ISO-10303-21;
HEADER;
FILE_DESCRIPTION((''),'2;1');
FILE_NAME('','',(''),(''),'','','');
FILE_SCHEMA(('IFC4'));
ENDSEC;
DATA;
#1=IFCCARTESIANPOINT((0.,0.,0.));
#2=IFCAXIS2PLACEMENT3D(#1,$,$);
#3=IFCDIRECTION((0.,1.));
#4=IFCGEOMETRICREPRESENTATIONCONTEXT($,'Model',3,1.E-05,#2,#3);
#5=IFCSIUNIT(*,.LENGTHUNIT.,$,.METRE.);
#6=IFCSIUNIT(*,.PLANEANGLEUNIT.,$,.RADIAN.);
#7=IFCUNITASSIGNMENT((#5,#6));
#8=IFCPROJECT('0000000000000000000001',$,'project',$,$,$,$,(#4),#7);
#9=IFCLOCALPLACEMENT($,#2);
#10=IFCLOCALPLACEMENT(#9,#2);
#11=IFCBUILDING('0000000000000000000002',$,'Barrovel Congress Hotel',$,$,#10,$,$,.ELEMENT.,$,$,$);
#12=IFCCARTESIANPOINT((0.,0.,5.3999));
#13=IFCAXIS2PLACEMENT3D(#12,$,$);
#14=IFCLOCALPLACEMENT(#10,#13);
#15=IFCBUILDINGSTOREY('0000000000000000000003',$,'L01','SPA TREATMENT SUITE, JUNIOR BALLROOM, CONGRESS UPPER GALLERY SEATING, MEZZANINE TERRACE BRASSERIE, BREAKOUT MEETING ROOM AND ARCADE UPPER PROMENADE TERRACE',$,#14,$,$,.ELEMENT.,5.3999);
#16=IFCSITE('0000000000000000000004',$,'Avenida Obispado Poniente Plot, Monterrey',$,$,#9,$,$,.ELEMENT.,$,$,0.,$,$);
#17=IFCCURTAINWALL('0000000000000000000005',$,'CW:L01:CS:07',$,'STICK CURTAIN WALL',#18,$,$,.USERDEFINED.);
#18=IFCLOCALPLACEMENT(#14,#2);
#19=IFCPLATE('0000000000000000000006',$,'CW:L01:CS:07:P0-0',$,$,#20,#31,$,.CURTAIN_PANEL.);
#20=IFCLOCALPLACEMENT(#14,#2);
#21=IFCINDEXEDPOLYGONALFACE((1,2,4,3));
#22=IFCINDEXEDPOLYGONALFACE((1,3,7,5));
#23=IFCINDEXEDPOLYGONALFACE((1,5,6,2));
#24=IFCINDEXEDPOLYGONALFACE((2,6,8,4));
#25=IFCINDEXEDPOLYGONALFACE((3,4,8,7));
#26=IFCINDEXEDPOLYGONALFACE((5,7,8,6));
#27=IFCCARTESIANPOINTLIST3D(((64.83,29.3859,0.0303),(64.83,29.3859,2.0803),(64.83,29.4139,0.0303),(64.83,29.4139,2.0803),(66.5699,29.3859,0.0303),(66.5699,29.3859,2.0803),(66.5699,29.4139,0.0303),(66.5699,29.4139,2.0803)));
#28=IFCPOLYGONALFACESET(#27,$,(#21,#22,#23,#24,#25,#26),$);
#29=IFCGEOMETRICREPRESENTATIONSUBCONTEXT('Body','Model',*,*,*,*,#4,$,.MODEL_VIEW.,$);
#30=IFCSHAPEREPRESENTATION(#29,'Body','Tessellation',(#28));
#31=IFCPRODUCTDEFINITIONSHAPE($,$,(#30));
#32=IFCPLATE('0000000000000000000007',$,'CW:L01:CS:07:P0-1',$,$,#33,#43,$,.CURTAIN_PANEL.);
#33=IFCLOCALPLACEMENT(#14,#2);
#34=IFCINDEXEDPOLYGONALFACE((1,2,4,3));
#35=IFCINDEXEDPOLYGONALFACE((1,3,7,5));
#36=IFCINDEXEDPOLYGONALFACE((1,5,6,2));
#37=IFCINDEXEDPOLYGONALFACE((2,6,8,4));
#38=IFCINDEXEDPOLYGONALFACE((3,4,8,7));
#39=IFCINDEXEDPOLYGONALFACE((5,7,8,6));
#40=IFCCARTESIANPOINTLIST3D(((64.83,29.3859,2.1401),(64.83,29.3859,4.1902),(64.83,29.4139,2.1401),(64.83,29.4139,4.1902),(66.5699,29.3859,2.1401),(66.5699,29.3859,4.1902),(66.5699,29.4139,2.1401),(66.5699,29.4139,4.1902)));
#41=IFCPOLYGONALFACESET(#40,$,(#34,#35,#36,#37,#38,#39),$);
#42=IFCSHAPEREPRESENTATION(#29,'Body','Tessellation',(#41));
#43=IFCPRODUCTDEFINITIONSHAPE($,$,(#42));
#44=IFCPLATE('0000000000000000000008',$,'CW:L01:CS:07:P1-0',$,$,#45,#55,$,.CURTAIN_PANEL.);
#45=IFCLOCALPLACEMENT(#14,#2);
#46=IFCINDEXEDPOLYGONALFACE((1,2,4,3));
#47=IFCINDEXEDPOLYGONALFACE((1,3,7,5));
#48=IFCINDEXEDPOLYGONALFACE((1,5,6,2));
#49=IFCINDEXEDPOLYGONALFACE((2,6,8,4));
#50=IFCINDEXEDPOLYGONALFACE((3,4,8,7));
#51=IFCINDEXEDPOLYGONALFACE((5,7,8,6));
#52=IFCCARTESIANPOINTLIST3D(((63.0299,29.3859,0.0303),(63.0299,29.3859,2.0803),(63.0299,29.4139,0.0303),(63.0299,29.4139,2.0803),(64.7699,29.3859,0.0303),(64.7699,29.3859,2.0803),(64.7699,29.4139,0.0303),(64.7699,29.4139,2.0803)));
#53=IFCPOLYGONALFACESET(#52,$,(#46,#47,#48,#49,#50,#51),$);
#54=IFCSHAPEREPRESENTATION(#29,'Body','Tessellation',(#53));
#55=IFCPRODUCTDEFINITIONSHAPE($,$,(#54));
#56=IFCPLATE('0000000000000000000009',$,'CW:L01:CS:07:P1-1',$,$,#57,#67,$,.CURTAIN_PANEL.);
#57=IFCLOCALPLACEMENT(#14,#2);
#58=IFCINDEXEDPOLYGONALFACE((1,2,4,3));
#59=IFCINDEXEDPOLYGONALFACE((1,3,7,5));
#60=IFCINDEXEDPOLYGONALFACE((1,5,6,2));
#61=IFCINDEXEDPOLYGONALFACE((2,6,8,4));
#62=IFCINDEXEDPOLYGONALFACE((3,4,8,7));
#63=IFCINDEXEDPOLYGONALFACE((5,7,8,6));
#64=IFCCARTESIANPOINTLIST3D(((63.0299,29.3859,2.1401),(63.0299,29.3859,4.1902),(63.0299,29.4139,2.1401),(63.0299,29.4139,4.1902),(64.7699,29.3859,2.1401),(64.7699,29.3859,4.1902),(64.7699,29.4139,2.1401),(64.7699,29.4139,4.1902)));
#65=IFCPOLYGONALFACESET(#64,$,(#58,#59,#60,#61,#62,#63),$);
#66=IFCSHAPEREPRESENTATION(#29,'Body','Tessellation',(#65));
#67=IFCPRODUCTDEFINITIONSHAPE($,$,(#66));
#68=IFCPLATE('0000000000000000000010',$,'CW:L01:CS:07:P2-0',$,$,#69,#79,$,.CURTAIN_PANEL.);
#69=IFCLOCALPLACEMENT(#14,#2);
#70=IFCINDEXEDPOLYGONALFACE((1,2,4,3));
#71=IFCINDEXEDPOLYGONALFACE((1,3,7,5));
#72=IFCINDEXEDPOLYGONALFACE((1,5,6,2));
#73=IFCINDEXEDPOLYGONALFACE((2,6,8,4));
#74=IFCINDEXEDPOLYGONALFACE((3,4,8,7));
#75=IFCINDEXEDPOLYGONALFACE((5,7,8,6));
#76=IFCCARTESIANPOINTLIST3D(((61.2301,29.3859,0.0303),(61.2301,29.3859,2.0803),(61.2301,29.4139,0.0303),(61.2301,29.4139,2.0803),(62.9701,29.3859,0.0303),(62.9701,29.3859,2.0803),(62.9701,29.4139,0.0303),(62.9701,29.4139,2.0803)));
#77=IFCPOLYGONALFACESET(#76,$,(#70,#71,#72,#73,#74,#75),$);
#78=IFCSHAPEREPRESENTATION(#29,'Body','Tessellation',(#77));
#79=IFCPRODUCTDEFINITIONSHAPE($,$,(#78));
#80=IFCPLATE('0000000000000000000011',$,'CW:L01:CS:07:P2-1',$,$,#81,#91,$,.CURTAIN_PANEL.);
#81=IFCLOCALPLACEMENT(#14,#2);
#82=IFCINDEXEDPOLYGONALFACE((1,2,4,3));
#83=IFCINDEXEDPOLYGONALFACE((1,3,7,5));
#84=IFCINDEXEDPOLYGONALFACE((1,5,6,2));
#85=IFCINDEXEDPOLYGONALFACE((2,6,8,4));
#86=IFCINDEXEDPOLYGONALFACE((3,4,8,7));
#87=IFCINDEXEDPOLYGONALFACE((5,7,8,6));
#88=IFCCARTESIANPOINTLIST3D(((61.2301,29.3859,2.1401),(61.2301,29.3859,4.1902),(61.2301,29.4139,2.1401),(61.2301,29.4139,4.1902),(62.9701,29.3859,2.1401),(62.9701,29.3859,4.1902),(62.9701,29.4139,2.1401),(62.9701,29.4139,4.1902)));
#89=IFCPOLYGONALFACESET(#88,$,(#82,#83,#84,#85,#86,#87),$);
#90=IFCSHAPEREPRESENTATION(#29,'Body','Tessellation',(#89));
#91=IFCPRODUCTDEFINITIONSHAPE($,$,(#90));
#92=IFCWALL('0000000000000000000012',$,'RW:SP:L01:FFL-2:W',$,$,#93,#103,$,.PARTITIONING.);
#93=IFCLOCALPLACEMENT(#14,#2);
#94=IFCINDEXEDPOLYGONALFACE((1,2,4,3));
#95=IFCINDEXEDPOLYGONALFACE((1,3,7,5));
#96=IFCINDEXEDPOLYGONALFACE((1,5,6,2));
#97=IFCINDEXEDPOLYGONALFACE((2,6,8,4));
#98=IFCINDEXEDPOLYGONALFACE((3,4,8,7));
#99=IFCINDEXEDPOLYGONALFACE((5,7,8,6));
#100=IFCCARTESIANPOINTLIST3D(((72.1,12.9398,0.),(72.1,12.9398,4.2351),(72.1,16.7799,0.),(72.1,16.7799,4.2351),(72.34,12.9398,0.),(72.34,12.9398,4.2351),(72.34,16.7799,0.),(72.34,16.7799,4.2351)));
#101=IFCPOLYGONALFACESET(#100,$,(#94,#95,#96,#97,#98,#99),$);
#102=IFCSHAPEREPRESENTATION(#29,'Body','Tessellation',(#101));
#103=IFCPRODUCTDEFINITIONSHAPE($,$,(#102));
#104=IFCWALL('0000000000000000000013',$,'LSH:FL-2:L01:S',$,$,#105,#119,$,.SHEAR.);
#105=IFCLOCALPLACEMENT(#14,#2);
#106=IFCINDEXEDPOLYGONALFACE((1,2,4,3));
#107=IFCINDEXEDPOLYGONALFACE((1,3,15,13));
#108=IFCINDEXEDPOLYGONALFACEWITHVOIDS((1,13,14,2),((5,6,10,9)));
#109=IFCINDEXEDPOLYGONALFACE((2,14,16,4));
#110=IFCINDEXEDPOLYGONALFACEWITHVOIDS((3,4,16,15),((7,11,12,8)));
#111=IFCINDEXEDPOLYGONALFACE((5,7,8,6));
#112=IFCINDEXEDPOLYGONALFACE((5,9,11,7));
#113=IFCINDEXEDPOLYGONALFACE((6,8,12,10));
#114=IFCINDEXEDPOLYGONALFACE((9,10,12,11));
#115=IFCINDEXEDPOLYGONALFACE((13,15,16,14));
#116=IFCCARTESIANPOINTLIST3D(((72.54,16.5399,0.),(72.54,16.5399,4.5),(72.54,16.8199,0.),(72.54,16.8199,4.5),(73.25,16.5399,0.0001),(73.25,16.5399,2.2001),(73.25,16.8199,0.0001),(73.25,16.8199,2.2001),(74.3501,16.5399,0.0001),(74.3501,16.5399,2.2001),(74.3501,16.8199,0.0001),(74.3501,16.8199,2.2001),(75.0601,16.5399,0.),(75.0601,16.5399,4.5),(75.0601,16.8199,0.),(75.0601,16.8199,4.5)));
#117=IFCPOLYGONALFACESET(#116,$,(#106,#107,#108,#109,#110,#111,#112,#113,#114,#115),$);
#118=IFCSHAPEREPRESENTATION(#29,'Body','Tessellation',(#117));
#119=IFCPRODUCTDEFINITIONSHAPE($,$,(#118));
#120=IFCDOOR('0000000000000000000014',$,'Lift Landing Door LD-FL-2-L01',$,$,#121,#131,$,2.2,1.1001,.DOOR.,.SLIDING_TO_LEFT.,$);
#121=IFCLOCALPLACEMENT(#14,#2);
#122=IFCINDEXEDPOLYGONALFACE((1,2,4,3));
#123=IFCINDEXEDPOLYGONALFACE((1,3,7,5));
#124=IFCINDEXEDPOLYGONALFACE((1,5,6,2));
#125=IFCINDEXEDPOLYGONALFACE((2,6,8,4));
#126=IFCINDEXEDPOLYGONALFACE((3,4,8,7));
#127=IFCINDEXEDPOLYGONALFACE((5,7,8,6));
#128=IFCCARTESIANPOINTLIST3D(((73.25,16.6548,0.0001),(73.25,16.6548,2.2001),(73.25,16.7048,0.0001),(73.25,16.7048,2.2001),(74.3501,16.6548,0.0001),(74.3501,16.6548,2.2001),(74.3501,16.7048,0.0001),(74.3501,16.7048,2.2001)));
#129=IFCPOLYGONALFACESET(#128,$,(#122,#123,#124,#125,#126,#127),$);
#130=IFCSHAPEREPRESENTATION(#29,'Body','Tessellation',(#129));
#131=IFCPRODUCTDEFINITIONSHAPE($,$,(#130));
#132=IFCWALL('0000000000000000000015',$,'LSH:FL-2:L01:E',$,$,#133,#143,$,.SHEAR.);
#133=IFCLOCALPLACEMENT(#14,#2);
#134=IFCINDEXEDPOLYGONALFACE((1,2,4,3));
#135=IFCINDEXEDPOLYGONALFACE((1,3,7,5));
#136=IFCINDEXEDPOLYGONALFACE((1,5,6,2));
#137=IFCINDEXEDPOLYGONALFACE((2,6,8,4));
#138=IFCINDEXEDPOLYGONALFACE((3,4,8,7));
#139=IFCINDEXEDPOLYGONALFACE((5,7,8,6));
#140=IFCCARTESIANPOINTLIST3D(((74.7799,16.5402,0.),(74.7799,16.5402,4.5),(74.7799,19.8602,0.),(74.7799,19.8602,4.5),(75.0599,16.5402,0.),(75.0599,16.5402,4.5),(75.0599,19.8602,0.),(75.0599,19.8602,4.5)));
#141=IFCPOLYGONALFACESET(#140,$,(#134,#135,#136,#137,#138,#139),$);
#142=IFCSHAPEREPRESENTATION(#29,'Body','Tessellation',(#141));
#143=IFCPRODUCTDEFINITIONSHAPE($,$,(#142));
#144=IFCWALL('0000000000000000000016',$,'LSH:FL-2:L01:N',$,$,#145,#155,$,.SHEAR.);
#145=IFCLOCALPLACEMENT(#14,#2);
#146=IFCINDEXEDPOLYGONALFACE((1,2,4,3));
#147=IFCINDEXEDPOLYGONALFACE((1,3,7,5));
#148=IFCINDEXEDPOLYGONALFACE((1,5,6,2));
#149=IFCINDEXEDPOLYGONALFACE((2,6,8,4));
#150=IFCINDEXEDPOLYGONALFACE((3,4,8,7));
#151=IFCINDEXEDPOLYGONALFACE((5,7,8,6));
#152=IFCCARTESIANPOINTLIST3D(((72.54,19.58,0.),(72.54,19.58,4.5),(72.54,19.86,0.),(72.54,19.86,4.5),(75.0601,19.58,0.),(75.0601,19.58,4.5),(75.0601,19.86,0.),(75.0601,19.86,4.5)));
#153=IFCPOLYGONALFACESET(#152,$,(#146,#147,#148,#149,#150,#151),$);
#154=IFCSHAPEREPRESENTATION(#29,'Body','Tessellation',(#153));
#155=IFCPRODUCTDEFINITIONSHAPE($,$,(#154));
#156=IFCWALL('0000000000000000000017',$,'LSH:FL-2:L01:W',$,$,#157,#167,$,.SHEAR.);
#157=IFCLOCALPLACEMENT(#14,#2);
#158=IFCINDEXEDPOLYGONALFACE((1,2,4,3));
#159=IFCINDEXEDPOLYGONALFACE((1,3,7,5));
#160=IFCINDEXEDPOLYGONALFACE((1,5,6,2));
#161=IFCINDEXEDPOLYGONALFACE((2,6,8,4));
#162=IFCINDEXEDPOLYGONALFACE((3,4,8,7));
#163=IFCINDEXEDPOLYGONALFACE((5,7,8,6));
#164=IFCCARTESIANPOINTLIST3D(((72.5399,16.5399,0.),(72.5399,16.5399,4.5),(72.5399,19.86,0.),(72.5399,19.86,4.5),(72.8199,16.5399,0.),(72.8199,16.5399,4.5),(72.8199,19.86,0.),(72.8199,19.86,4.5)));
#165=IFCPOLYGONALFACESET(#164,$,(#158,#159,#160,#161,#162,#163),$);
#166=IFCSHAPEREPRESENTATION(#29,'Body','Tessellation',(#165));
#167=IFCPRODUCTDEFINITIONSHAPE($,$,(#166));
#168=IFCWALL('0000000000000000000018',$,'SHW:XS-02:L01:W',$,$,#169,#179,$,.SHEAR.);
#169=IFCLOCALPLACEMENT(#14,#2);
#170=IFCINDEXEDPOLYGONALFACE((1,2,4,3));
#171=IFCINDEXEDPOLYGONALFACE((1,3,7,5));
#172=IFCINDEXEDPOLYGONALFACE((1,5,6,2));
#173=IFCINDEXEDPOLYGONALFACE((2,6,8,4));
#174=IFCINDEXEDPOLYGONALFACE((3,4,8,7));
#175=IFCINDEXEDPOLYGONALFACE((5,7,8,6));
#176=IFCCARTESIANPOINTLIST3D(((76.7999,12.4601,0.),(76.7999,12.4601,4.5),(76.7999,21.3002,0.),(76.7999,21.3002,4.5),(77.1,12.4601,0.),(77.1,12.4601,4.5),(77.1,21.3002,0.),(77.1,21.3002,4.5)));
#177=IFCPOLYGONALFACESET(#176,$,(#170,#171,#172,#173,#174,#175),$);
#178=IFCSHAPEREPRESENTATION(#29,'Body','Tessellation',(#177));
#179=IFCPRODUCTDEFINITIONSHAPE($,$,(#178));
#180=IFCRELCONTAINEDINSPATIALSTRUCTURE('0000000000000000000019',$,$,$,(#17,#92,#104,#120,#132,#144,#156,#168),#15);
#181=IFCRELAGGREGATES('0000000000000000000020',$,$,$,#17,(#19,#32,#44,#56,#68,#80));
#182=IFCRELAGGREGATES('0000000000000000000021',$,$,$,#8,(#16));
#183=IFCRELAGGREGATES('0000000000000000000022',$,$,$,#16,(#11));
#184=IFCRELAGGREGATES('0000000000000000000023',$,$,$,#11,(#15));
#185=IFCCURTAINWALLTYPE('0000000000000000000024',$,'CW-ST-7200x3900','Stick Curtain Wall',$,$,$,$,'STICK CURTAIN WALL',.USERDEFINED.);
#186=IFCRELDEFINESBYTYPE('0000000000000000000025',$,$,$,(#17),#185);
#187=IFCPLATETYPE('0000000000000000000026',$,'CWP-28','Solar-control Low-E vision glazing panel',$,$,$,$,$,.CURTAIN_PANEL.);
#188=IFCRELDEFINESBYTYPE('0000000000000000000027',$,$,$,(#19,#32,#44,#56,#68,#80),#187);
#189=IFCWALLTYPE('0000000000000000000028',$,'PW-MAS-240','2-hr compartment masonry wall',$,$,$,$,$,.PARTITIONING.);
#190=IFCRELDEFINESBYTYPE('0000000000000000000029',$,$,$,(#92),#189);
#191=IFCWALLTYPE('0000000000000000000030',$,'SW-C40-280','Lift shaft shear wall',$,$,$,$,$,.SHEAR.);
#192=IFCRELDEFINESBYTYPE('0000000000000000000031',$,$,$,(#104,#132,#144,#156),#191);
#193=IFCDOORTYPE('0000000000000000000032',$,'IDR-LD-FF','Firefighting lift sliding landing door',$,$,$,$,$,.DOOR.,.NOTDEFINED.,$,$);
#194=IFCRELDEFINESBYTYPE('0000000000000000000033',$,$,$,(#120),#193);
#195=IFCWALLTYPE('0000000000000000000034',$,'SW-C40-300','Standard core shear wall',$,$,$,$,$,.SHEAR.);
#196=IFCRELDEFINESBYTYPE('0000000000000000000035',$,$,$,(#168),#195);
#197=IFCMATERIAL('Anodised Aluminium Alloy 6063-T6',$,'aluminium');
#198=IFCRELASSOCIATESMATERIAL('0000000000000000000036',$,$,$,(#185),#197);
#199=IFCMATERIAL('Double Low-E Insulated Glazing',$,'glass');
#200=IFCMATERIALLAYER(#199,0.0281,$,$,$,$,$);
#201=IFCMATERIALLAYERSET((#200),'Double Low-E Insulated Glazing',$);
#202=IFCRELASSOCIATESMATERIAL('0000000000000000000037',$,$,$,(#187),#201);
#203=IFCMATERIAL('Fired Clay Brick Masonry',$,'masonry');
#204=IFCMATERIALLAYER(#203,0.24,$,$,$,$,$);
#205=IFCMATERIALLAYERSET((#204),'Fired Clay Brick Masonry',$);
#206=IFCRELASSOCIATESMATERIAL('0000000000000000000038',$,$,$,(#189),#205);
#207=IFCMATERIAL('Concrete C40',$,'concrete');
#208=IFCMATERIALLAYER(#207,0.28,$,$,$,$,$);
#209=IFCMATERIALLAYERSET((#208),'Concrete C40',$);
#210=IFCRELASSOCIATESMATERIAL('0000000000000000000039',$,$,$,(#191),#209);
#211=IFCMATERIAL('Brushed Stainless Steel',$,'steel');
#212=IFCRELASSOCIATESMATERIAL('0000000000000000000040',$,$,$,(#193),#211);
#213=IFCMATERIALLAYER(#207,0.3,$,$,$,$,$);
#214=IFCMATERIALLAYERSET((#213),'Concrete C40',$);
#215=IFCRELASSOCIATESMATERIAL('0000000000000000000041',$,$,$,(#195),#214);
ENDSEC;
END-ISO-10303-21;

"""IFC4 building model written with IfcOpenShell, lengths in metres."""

from ifc_helpers import new_model, si_unit, direction, frame, frame_2d, origin, origin_2d, place, context, subcontext, project, spatial, rectangle, extrude, material, layer, layer_set, type_object, element, fill, aggregate, save


model = new_model("IFC4")

# Units and contexts
model_context = context("Model", 3, precision=1e-05, world=origin(), true_north=direction((0.0, 1.0)))
body_context = subcontext(model_context, "Body", "Model", "MODEL_VIEW")
ifc_project = project(units=[si_unit("LENGTHUNIT", "METRE"), si_unit("PLANEANGLEUNIT", "RADIAN")], contexts=[model_context])

# Site, building, storey
site_placement = place(None, origin())
site = spatial("IfcSite", under=ifc_project, at=site_placement, Name="Avenida Obispado Poniente Plot, Monterrey", CompositionType="ELEMENT", RefElevation=0.0)
building_placement = place(site_placement, origin())
building = spatial("IfcBuilding", under=site, at=building_placement, Name="Barrovel Congress Hotel", CompositionType="ELEMENT")
storey_placement = place(building_placement, frame((0.0, 0.0, 5.3999)))
storey = spatial("IfcBuildingStorey", under=building, at=storey_placement, Name="L01", Description="SPA TREATMENT SUITE, JUNIOR BALLROOM, CONGRESS UPPER GALLERY SEATING, MEZZANINE TERRACE BRASSERIE, BREAKOUT MEETING ROOM AND ARCADE UPPER PROMENADE TERRACE", CompositionType="ELEMENT", Elevation=5.3999)

# Shared definitions
ifc_material_1 = material(Name="Concrete C40", Category="concrete")

# Curtain wall
ifc_material_2 = material(Name="Anodised Aluminium Alloy 6063-T6", Category="aluminium")
curtain_wall_type = type_object("IfcCurtainWallType", Name="CW-ST-7200x3900", Description="Stick Curtain Wall", ElementType="STICK CURTAIN WALL", PredefinedType="USERDEFINED", material=ifc_material_2)
curtain_wall_placement = place(storey_placement, origin())
curtain_wall = element("IfcCurtainWall", 1, at=curtain_wall_placement, inside=storey, type_object=curtain_wall_type, Name="CW:L01:CS:07", ObjectType="STICK CURTAIN WALL", PredefinedType="USERDEFINED")

# Plates
ifc_material_3 = material(Name="Double Low-E Insulated Glazing", Category="glass")
ifc_layer_1 = layer(ifc_material_3, 0.0281)
ifc_layer_set_1 = layer_set([ifc_layer_1], Name="Double Low-E Insulated Glazing")
plate_type = type_object("IfcPlateType", Name="CWP-28", Description="Solar-control Low-E vision glazing panel", PredefinedType="CURTAIN_PANEL", material=ifc_layer_set_1)
plate_1_placement = place(storey_placement, frame((65.7, 29.3999, 0.0303), z_axis=(0.0, 0.0, 1.0), x_axis=(-1.0, 0.0, 0.0)))
plate_1 = element("IfcPlate", 2, at=plate_1_placement, type_object=plate_type, Name="CW:L01:CS:07:P0-0", PredefinedType="CURTAIN_PANEL", context=body_context, shape_type="SweptSolid", body=[
    extrude(rectangle(XDim=1.74, YDim=0.0281, at=origin_2d()), origin(), (0.0, 0.0, 1.0), 2.05),
])
plate_2_placement = place(storey_placement, frame((65.7, 29.3999, 2.1401), z_axis=(0.0, 0.0, 1.0), x_axis=(-1.0, 0.0, 0.0)))
plate_2 = element("IfcPlate", 3, at=plate_2_placement, type_object=plate_type, Name="CW:L01:CS:07:P0-1", PredefinedType="CURTAIN_PANEL", context=body_context, shape_type="SweptSolid", body=[
    extrude(rectangle(XDim=1.74, YDim=0.0281, at=origin_2d()), origin(), (0.0, 0.0, 1.0), 2.05),
])
plate_3_placement = place(storey_placement, frame((63.8999, 29.3999, 0.0303), z_axis=(0.0, 0.0, 1.0), x_axis=(-1.0, 0.0, 0.0)))
plate_3 = element("IfcPlate", 4, at=plate_3_placement, type_object=plate_type, Name="CW:L01:CS:07:P1-0", PredefinedType="CURTAIN_PANEL", context=body_context, shape_type="SweptSolid", body=[
    extrude(rectangle(XDim=1.74, YDim=0.0281, at=origin_2d()), origin(), (0.0, 0.0, 1.0), 2.05),
])
plate_4_placement = place(storey_placement, frame((63.8999, 29.3999, 2.1401), z_axis=(0.0, 0.0, 1.0), x_axis=(-1.0, 0.0, 0.0)))
plate_4 = element("IfcPlate", 5, at=plate_4_placement, type_object=plate_type, Name="CW:L01:CS:07:P1-1", PredefinedType="CURTAIN_PANEL", context=body_context, shape_type="SweptSolid", body=[
    extrude(rectangle(XDim=1.74, YDim=0.0281, at=origin_2d()), origin(), (0.0, 0.0, 1.0), 2.05),
])
plate_5_placement = place(storey_placement, frame((62.1001, 29.3999, 0.0303), z_axis=(0.0, 0.0, 1.0), x_axis=(-1.0, 0.0, 0.0)))
plate_5 = element("IfcPlate", 6, at=plate_5_placement, type_object=plate_type, Name="CW:L01:CS:07:P2-0", PredefinedType="CURTAIN_PANEL", context=body_context, shape_type="SweptSolid", body=[
    extrude(rectangle(XDim=1.74, YDim=0.0281, at=origin_2d()), origin(), (0.0, 0.0, 1.0), 2.05),
])
plate_6_placement = place(storey_placement, frame((62.1001, 29.3999, 2.1401), z_axis=(0.0, 0.0, 1.0), x_axis=(-1.0, 0.0, 0.0)))
plate_6 = element("IfcPlate", 7, at=plate_6_placement, type_object=plate_type, Name="CW:L01:CS:07:P2-1", PredefinedType="CURTAIN_PANEL", context=body_context, shape_type="SweptSolid", body=[
    extrude(rectangle(XDim=1.74, YDim=0.0281, at=origin_2d()), origin(), (0.0, 0.0, 1.0), 2.05),
])
aggregate(curtain_wall, [plate_1, plate_2, plate_3, plate_4, plate_5, plate_6])

# Wall
ifc_material_4 = material(Name="Fired Clay Brick Masonry", Category="masonry")
ifc_layer_2 = layer(ifc_material_4, 0.24)
ifc_layer_set_2 = layer_set([ifc_layer_2], Name="Fired Clay Brick Masonry")
wall_type_1 = type_object("IfcWallType", Name="PW-MAS-240", Description="2-hr compartment masonry wall", PredefinedType="PARTITIONING", material=ifc_layer_set_2)
wall_1_placement = place(storey_placement, frame((72.22, 12.9399, 0.0), z_axis=(0.0, 0.0, 1.0), x_axis=(0.0, 1.0, 0.0)))
element("IfcWall", 8, at=wall_1_placement, inside=storey, type_object=wall_type_1, Name="RW:SP:L01:FFL-2:W", PredefinedType="PARTITIONING", context=body_context, shape_type="SweptSolid", body=[
    extrude(rectangle(XDim=3.8401, YDim=0.24, at=frame_2d((1.9199, 0.0))), origin(), (0.0, 0.0, 1.0), 4.2351),
])

# Wall, opening, door
ifc_layer_3 = layer(ifc_material_1, 0.28)
ifc_layer_set_3 = layer_set([ifc_layer_3], Name="Concrete C40")
wall_type_2 = type_object("IfcWallType", Name="SW-C40-280", Description="Lift shaft shear wall", PredefinedType="SHEAR", material=ifc_layer_set_3)
wall_2_placement = place(storey_placement, frame((72.54, 16.6799, 0.0), z_axis=(0.0, 0.0, 1.0), x_axis=(1.0, 0.0, 0.0)))
wall_2 = element("IfcWall", 9, at=wall_2_placement, inside=storey, type_object=wall_type_2, Name="LSH:FL-2:L01:S", PredefinedType="SHEAR", context=body_context, shape_type="SweptSolid", body=[
    extrude(rectangle(XDim=2.52, YDim=0.28, at=frame_2d((1.26, 0.0))), origin(), (0.0, 0.0, 1.0), 4.5),
])
opening_placement = place(wall_2_placement, frame((0.71, 0.0, 0.0)))
opening = element("IfcOpeningElement", 10, at=opening_placement, cuts=wall_2, PredefinedType="OPENING", context=body_context, shape_type="SweptSolid", body=[
    extrude(rectangle(XDim=1.1001, YDim=2.2, at=frame_2d((0.55, 1.1001))), frame((0.0, 0.1499, 0.0), z_axis=(0.0, -1.0, 0.0), x_axis=(1.0, 0.0, 0.0)), (0.0, 0.0, 1.0), 0.3),
])
ifc_material_5 = material(Name="Brushed Stainless Steel", Category="steel")
door_type = type_object("IfcDoorType", Name="IDR-LD-FF", Description="Firefighting lift sliding landing door", OperationType="NOTDEFINED", PredefinedType="DOOR", material=ifc_material_5)
door_placement = place(opening_placement, origin())
door = element("IfcDoor", 11, at=door_placement, inside=storey, type_object=door_type, Name="Lift Landing Door LD-FL-2-L01", OperationType="SLIDING_TO_LEFT", OverallHeight=2.2, OverallWidth=1.1001, PredefinedType="DOOR", context=body_context, shape_type="SweptSolid", body=[
    extrude(rectangle(XDim=1.1001, YDim=2.2, at=frame_2d((0.55, 1.1001))), frame((0.0, 0.0249, 0.0), z_axis=(0.0, -1.0, 0.0), x_axis=(1.0, 0.0, 0.0)), (0.0, 0.0, 1.0), 0.05),
])
fill(opening, door)

# Walls
wall_3_placement = place(storey_placement, frame((74.9199, 16.54, 0.0), z_axis=(0.0, 0.0, 1.0), x_axis=(0.0, 1.0, 0.0)))
element("IfcWall", 12, at=wall_3_placement, inside=storey, type_object=wall_type_2, Name="LSH:FL-2:L01:E", PredefinedType="SHEAR", context=body_context, shape_type="SweptSolid", body=[
    extrude(rectangle(XDim=3.3201, YDim=0.28, at=frame_2d((1.6602, 0.0))), origin(), (0.0, 0.0, 1.0), 4.5),
])
wall_4_placement = place(storey_placement, frame((75.0601, 19.72, 0.0), z_axis=(0.0, 0.0, 1.0), x_axis=(-1.0, 0.0, 0.0)))
element("IfcWall", 13, at=wall_4_placement, inside=storey, type_object=wall_type_2, Name="LSH:FL-2:L01:N", PredefinedType="SHEAR", context=body_context, shape_type="SweptSolid", body=[
    extrude(rectangle(XDim=2.52, YDim=0.28, at=frame_2d((1.26, 0.0))), origin(), (0.0, 0.0, 1.0), 4.5),
])
wall_5_placement = place(storey_placement, frame((72.6799, 19.8601, 0.0), z_axis=(0.0, 0.0, 1.0), x_axis=(0.0, -1.0, 0.0)))
element("IfcWall", 14, at=wall_5_placement, inside=storey, type_object=wall_type_2, Name="LSH:FL-2:L01:W", PredefinedType="SHEAR", context=body_context, shape_type="SweptSolid", body=[
    extrude(rectangle(XDim=3.3201, YDim=0.28, at=frame_2d((1.6602, 0.0))), origin(), (0.0, 0.0, 1.0), 4.5),
])
ifc_layer_4 = layer(ifc_material_1, 0.3)
ifc_layer_set_4 = layer_set([ifc_layer_4], Name="Concrete C40")
wall_type_3 = type_object("IfcWallType", Name="SW-C40-300", Description="Standard core shear wall", PredefinedType="SHEAR", material=ifc_layer_set_4)
wall_6_placement = place(storey_placement, frame((76.95, 21.3, 0.0), z_axis=(0.0, 0.0, 1.0), x_axis=(0.0, -1.0, 0.0)))
element("IfcWall", 15, at=wall_6_placement, inside=storey, type_object=wall_type_3, Name="SHW:XS-02:L01:W", PredefinedType="SHEAR", context=body_context, shape_type="SweptSolid", body=[
    extrude(rectangle(XDim=8.8401, YDim=0.3, at=frame_2d((4.4199, 0.0))), origin(), (0.0, 0.0, 1.0), 4.5),
])

save(model, "model.ifc")
